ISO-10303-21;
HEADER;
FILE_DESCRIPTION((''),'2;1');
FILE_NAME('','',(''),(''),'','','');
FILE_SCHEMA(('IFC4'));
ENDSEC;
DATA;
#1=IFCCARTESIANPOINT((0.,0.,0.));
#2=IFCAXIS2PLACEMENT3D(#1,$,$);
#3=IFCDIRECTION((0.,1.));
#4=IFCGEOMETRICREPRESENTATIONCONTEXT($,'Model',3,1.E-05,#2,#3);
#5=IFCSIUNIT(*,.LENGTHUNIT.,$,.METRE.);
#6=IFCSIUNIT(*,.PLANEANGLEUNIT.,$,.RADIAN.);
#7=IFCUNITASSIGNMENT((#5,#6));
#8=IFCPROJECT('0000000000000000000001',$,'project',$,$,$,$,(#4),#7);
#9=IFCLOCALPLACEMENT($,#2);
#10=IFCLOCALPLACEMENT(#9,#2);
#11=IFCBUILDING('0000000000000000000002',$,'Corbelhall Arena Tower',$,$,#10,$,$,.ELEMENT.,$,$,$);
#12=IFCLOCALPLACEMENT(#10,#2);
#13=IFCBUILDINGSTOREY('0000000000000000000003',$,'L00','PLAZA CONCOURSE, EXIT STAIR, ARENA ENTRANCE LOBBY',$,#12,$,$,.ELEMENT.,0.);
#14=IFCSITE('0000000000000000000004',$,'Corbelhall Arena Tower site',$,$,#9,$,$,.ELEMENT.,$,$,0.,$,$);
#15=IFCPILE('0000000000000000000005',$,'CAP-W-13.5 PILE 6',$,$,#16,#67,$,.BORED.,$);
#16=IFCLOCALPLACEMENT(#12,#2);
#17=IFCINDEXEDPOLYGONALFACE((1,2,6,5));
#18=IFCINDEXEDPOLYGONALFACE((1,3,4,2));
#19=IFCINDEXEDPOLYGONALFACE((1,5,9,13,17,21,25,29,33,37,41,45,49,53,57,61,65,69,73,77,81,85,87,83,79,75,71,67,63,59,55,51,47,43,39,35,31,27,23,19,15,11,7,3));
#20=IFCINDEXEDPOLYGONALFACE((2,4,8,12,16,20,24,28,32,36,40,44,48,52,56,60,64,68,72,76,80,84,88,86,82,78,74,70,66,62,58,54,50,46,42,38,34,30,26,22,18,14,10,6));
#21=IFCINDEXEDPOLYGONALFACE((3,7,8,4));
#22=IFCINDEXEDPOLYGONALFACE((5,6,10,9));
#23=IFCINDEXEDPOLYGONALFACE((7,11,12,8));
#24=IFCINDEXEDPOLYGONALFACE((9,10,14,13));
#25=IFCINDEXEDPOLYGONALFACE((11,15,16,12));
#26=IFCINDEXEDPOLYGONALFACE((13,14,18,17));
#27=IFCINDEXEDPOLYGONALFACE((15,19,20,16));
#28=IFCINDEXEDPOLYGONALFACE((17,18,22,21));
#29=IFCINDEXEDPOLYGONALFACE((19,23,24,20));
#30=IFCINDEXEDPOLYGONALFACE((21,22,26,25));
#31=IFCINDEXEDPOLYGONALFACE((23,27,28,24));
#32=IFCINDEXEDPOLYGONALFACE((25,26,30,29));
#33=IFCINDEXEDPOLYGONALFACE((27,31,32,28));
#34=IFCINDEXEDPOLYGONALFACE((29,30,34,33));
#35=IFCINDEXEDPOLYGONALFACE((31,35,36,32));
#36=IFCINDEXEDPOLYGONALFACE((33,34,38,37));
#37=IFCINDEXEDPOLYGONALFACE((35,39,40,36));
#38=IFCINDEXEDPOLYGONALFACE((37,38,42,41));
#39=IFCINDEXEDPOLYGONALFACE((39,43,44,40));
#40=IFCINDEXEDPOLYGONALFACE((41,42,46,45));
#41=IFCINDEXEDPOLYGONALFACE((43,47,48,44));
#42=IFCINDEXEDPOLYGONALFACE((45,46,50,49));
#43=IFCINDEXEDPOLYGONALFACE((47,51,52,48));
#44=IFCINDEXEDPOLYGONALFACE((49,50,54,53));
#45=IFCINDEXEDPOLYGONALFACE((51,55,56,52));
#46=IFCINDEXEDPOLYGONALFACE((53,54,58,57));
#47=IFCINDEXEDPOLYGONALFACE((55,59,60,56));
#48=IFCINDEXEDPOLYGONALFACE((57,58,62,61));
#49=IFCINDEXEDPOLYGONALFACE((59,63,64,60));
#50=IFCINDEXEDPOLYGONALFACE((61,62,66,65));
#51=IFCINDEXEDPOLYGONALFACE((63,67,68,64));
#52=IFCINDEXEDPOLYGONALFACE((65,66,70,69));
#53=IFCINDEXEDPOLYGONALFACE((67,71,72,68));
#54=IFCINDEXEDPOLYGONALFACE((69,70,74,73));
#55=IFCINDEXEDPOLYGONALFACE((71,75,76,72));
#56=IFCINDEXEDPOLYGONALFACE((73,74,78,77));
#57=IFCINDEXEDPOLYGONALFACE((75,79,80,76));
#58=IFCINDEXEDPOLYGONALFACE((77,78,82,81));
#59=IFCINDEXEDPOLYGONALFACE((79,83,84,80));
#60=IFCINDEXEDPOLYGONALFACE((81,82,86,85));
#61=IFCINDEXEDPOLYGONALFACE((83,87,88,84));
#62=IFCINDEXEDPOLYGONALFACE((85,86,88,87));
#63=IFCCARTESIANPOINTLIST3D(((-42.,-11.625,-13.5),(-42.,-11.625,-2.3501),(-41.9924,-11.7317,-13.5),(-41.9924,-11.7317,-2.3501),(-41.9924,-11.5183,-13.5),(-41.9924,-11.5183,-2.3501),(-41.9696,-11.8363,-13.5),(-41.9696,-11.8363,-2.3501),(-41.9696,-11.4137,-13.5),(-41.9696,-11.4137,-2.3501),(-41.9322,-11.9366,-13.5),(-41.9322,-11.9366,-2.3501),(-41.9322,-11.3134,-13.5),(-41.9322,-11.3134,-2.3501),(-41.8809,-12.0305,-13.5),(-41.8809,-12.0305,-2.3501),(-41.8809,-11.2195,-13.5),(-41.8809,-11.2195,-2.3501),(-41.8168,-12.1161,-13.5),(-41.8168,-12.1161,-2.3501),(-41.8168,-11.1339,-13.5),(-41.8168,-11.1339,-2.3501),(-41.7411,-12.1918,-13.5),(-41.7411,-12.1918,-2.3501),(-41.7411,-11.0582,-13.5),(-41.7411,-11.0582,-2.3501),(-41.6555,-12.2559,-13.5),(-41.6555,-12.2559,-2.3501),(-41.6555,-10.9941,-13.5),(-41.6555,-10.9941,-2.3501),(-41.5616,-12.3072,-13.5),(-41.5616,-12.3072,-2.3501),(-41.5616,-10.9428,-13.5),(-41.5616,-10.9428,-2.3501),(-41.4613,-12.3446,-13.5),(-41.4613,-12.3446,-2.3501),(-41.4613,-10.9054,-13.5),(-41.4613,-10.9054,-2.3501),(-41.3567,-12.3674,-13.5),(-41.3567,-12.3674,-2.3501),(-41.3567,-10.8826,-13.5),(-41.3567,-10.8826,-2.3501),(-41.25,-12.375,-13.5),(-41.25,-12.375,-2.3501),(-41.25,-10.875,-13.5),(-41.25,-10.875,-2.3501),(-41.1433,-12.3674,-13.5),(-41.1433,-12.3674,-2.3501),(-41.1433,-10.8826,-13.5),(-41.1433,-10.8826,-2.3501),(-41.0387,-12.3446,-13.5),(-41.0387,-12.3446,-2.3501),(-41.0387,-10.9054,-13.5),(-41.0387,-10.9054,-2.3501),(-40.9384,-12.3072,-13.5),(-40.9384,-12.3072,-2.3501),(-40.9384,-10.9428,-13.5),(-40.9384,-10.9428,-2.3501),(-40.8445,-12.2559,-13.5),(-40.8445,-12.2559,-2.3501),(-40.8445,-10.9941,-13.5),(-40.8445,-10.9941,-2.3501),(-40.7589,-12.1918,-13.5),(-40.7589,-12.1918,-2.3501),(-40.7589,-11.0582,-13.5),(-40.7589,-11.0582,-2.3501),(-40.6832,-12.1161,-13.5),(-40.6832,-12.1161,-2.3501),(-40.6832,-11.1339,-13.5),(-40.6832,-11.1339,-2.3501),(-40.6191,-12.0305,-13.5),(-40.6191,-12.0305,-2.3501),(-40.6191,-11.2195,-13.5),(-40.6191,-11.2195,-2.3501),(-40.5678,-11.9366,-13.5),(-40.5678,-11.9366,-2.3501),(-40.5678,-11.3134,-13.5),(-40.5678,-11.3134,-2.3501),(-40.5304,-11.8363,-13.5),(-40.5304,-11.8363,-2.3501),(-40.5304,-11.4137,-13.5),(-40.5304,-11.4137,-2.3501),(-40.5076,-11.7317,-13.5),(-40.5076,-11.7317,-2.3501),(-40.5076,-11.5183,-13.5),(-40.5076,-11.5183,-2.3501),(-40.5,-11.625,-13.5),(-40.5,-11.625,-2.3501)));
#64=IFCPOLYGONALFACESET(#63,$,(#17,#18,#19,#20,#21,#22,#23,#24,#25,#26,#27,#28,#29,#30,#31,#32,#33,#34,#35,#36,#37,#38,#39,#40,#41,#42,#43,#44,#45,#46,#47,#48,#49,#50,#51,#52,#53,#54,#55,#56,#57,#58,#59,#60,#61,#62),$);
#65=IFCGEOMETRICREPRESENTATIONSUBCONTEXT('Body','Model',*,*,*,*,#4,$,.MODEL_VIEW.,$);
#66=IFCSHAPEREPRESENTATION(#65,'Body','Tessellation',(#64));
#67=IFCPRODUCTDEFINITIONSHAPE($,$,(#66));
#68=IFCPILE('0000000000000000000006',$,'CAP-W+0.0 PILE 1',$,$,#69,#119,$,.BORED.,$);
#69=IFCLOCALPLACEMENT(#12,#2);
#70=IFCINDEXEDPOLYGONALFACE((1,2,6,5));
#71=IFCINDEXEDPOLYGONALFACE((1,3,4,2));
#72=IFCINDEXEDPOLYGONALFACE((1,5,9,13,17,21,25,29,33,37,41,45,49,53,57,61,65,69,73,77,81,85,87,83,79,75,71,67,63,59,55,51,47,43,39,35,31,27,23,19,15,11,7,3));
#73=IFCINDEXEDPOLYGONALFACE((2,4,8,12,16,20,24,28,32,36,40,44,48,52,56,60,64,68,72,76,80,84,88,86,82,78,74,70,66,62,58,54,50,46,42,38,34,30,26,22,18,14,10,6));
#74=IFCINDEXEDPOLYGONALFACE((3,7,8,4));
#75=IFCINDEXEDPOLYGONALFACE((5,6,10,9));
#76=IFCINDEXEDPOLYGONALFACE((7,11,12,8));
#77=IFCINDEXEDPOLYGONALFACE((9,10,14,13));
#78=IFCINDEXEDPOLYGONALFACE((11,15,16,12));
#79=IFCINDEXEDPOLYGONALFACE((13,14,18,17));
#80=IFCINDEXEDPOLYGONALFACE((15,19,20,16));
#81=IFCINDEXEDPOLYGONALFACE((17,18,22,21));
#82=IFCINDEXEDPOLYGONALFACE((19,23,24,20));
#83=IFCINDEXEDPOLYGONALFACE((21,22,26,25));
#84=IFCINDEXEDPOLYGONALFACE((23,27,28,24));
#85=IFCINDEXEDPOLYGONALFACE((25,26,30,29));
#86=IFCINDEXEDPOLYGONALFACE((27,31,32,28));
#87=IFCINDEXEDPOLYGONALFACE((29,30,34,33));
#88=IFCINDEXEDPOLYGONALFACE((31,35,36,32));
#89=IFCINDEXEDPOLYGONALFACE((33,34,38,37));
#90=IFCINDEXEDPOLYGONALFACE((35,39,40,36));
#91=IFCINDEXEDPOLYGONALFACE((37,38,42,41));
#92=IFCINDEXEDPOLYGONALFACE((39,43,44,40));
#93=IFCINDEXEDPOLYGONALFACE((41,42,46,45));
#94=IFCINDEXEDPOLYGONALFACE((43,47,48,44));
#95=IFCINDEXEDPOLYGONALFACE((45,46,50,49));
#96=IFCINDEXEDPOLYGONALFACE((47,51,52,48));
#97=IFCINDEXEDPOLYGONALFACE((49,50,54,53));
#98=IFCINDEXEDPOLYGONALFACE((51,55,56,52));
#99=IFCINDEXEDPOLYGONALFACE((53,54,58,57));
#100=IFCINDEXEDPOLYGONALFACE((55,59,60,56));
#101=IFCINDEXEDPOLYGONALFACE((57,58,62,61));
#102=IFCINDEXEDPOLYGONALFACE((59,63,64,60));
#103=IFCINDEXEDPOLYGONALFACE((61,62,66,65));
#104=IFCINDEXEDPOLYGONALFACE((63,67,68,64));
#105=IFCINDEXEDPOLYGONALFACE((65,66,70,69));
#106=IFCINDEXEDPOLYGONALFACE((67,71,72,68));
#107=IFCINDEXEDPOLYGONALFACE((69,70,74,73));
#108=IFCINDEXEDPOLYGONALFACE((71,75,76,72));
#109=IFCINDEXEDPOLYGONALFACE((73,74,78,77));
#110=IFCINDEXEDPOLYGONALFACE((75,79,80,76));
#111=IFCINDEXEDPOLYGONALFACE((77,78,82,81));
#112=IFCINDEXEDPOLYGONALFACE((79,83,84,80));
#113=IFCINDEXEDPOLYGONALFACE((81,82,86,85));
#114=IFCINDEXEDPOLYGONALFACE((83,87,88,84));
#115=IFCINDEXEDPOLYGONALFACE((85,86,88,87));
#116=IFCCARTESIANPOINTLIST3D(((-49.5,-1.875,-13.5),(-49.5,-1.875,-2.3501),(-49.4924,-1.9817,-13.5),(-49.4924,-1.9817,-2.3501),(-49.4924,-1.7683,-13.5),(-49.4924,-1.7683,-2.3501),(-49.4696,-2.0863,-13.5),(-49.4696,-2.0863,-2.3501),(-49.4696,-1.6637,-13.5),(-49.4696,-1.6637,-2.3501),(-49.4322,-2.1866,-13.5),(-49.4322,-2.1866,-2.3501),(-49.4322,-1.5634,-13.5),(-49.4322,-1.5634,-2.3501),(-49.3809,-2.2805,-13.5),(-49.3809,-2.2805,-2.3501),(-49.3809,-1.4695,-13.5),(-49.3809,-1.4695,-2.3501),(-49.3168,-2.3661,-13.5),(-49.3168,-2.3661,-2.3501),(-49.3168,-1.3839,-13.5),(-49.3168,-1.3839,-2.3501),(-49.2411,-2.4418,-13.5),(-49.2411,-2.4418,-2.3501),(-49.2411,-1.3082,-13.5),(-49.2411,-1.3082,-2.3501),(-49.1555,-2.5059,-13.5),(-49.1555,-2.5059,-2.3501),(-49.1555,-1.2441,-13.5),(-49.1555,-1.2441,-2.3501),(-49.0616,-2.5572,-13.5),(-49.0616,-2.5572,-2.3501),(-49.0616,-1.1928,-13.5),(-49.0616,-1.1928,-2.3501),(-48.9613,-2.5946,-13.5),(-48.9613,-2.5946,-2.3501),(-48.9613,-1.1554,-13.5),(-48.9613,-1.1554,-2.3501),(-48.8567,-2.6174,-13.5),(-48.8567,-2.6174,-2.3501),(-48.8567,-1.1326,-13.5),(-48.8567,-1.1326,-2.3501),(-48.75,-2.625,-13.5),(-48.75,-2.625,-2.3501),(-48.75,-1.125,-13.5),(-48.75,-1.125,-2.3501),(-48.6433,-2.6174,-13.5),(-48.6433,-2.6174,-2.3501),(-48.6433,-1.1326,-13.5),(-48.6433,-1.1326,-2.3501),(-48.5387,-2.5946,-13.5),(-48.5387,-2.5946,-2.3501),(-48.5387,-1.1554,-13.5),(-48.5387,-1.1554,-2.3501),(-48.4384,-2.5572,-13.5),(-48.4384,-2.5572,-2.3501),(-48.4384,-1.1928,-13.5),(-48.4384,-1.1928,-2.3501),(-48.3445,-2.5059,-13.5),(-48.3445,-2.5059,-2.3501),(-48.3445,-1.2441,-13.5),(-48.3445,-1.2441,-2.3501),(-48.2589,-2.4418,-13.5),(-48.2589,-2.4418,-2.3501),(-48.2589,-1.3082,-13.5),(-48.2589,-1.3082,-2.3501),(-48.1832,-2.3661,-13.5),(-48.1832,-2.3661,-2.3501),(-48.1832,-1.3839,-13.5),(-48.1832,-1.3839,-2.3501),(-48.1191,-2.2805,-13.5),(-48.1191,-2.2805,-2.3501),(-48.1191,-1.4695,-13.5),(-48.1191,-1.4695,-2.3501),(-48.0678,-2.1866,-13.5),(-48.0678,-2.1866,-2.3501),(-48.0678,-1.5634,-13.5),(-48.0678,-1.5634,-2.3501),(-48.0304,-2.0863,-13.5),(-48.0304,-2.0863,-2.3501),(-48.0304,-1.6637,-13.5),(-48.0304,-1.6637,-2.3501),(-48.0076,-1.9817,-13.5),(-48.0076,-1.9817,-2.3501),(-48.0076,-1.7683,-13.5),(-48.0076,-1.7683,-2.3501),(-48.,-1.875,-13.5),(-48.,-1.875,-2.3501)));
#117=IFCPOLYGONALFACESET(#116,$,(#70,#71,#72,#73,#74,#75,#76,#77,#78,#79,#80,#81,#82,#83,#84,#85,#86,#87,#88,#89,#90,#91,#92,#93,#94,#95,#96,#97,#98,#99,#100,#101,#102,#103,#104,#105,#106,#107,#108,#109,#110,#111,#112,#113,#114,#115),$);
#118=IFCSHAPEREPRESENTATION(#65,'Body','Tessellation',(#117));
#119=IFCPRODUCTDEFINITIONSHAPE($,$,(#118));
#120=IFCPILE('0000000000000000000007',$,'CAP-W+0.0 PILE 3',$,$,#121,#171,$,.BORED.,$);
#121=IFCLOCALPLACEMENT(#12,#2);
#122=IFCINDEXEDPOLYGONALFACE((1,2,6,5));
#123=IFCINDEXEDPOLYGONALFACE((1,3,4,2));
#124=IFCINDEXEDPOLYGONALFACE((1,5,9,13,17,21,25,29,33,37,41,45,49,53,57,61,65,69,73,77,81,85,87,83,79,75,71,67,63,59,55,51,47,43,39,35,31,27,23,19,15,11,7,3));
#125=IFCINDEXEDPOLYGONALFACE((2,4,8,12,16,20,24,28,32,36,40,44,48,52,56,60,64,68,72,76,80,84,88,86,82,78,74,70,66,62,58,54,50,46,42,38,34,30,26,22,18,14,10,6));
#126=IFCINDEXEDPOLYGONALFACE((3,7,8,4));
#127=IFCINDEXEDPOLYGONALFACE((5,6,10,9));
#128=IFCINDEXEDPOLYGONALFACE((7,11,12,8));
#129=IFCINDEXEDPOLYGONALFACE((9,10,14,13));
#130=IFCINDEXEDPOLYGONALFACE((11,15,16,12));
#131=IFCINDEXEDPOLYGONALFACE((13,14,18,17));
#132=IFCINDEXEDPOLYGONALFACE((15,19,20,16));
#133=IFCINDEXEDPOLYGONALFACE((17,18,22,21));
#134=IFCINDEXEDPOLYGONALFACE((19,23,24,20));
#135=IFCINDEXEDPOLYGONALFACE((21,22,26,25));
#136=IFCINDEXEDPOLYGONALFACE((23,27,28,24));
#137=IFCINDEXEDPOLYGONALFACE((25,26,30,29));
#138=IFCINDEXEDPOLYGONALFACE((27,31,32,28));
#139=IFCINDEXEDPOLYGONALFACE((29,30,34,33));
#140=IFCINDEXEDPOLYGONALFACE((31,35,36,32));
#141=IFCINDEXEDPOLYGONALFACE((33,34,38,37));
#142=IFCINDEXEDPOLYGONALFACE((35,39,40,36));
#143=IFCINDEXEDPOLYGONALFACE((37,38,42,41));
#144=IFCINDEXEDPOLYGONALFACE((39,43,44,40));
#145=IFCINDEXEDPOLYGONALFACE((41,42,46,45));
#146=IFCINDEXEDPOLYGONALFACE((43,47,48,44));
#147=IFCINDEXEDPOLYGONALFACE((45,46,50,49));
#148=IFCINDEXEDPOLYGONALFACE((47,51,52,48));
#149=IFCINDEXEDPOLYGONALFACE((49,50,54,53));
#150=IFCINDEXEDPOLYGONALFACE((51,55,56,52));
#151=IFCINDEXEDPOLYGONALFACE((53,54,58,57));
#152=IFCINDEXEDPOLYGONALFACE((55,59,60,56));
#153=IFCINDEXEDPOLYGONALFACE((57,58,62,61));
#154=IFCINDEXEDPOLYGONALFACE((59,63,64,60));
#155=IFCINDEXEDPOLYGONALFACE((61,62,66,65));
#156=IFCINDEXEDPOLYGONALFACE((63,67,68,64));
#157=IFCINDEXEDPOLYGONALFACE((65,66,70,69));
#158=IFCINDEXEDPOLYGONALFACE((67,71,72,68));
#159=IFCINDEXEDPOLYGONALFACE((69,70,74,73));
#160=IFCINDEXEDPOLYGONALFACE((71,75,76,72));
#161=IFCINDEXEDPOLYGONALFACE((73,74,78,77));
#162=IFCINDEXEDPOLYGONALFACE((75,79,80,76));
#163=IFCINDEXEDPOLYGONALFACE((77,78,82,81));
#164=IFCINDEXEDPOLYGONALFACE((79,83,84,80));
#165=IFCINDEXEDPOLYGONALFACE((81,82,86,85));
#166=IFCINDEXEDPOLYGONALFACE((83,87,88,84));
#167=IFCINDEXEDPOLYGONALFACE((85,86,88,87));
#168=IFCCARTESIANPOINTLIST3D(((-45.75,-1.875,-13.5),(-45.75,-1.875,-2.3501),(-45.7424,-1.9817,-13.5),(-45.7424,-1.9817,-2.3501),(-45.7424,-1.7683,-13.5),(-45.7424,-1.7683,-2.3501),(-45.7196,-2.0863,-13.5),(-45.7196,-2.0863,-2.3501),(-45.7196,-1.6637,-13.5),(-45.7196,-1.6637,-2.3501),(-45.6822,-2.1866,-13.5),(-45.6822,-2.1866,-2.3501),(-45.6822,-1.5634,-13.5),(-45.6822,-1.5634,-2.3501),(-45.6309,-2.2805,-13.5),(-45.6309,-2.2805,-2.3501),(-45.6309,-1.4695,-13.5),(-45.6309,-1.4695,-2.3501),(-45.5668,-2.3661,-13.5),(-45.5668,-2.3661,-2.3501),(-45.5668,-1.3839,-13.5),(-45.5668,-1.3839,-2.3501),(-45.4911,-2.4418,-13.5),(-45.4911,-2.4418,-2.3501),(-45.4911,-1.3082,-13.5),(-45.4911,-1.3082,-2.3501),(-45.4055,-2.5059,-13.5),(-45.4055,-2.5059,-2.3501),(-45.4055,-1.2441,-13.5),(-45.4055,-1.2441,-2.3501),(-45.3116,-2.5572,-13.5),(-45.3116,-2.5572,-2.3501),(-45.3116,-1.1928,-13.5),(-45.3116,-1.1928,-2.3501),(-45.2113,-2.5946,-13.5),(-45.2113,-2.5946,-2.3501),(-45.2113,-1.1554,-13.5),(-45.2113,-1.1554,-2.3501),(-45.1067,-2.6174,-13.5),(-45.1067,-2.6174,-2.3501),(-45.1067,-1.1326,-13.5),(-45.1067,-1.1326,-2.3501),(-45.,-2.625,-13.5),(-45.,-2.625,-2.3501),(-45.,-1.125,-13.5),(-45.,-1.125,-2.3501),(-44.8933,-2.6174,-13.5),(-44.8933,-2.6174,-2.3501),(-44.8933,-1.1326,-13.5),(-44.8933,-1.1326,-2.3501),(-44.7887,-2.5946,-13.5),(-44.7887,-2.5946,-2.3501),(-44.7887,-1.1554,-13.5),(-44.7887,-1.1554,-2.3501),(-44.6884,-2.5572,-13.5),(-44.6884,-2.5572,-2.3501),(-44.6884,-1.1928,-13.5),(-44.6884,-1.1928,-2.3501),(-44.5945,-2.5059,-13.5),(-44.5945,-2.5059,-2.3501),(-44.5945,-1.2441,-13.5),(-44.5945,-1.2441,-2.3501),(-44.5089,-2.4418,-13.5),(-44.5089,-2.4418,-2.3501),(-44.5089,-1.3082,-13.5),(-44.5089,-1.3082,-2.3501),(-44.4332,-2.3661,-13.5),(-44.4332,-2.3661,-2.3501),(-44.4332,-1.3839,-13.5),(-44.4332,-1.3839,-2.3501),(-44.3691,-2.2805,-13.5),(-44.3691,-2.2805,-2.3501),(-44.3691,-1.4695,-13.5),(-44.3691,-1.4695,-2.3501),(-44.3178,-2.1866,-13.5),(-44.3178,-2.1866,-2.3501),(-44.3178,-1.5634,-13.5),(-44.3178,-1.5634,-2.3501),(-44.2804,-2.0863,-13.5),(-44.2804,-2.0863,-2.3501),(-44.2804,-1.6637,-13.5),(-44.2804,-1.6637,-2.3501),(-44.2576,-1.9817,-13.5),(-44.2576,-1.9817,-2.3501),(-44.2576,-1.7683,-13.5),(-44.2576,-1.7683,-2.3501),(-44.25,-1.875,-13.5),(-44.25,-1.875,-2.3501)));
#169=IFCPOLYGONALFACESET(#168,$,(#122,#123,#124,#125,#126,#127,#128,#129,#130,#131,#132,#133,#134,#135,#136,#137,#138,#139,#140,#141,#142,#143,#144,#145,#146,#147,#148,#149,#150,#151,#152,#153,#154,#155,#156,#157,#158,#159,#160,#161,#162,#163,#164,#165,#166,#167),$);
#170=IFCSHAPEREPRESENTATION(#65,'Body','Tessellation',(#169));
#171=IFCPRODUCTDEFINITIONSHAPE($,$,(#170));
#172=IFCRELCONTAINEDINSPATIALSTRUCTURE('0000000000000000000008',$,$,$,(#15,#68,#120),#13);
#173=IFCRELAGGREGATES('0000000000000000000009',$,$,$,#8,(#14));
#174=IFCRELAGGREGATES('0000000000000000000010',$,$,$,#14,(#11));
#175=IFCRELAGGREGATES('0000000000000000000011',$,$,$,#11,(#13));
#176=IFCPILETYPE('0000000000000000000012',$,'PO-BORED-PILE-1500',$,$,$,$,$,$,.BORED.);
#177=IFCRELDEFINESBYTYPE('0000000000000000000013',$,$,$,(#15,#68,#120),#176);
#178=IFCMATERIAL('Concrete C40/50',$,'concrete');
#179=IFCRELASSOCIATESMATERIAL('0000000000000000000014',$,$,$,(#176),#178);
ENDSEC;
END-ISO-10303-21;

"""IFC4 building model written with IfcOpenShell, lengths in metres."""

from ifc_helpers import new_model, si_unit, direction, frame, origin, origin_2d, place, context, subcontext, project, spatial, circle, extrude, material, material_profile, profile_set, type_object, element, save


model = new_model("IFC4")

# Units and contexts
model_context = context("Model", 3, precision=1e-05, world=origin(), true_north=direction((0.0, 1.0)))
body_context = subcontext(model_context, "Body", "Model", "MODEL_VIEW")
ifc_project = project(units=[si_unit("LENGTHUNIT", "METRE"), si_unit("PLANEANGLEUNIT", "RADIAN")], contexts=[model_context])

# Site, building, storey
site_placement = place(None, origin())
site = spatial("IfcSite", under=ifc_project, at=site_placement, Name="Corbelhall Arena Tower site", CompositionType="ELEMENT", RefElevation=0.0)
building_placement = place(site_placement, origin())
building = spatial("IfcBuilding", under=site, at=building_placement, Name="Corbelhall Arena Tower", CompositionType="ELEMENT")
storey_placement = place(building_placement, origin())
storey = spatial("IfcBuildingStorey", under=building, at=storey_placement, Name="L00", Description="PLAZA CONCOURSE, EXIT STAIR, ARENA ENTRANCE LOBBY", CompositionType="ELEMENT", Elevation=0.0)

# Piles
ifc_material_1 = material(Name="Concrete C40/50", Category="concrete")
ifc_material_profile_1 = material_profile(ifc_material_1, circle(Radius=0.75, at=origin_2d()))
ifc_profile_set_1 = profile_set([ifc_material_profile_1], Name="Concrete C40/50")
pile_type_1 = type_object("IfcPileType", Name="PO-BORED-PILE-1500", PredefinedType="BORED", material=ifc_profile_set_1)
for number, where, z_axis, x_axis, name in (
    (1, (-41.25, -11.625, -2.3501), (0.0, 0.0, -1.0), (1.0, 0.0, 0.0), "CAP-W-13.5 PILE 6"),
    (2, (-48.75, -1.875, -2.3501), (0.0, 0.0, -1.0), (1.0, 0.0, 0.0), "CAP-W+0.0 PILE 1"),
    (3, (-45.0, -1.875, -2.3501), (0.0, 0.0, -1.0), (1.0, 0.0, 0.0), "CAP-W+0.0 PILE 3"),
):
    element("IfcPile", number, at=place(storey_placement, frame(where, z_axis=z_axis, x_axis=x_axis)), inside=storey, type_object=pile_type_1, Name=name, PredefinedType="BORED", context=body_context, shape_type="SweptSolid", body=[
        extrude(circle(Radius=0.75, at=origin_2d()), origin(), (0.0, 0.0, 1.0), 11.1499),
    ])

save(model, "model.ifc")
